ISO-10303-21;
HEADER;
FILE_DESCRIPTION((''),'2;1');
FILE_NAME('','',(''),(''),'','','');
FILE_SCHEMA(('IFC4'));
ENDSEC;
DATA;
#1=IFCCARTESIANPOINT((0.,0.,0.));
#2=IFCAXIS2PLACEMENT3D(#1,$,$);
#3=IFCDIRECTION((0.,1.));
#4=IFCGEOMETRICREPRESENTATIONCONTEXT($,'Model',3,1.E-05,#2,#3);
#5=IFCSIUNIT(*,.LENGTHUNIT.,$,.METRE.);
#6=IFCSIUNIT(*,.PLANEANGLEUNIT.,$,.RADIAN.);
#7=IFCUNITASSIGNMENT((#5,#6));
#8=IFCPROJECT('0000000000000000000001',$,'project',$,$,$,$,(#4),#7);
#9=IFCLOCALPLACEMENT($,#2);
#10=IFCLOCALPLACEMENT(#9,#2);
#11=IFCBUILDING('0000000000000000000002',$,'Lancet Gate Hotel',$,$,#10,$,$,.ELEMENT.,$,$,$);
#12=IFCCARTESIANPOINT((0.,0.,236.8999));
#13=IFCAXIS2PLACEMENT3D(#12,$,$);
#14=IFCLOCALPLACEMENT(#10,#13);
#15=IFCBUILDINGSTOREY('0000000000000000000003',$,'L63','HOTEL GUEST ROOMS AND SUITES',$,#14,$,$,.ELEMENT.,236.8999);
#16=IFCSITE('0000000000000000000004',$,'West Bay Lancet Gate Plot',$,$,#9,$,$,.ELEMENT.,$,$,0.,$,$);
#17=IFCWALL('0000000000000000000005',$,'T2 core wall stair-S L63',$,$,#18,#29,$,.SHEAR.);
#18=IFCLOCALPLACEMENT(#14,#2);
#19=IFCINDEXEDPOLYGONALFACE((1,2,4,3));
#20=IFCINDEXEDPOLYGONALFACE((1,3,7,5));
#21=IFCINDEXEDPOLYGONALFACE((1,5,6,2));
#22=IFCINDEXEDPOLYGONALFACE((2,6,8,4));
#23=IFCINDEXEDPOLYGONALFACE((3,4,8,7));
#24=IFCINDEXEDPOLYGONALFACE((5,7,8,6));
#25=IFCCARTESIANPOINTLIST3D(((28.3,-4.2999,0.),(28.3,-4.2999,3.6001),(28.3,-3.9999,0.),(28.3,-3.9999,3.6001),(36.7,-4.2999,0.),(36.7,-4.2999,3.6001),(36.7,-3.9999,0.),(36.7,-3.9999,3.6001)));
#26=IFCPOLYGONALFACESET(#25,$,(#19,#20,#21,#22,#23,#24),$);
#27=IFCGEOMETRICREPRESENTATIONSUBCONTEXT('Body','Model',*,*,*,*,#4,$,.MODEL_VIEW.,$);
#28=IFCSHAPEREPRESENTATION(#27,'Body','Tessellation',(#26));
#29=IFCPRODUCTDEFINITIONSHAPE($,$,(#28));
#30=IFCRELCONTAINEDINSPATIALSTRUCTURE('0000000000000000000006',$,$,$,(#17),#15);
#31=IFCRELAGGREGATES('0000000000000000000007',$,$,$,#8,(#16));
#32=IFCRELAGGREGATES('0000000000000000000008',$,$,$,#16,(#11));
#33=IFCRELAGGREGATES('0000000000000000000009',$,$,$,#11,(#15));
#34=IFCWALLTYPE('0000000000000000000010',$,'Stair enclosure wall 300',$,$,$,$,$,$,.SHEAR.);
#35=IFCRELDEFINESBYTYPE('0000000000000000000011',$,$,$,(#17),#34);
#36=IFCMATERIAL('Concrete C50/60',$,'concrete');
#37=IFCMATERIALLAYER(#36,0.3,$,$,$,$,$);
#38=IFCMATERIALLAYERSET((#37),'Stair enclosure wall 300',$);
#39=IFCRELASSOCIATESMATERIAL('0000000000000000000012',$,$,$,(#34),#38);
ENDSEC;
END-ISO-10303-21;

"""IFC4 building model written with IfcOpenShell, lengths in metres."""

from ifc_helpers import new_model, si_unit, direction, frame, frame_2d, origin, place, context, subcontext, project, spatial, rectangle, extrude, material, layer, layer_set, type_object, element, save


model = new_model("IFC4")

# Units and contexts
model_context = context("Model", 3, precision=1e-05, world=origin(), true_north=direction((0.0, 1.0)))
body_context = subcontext(model_context, "Body", "Model", "MODEL_VIEW")
ifc_project = project(units=[si_unit("LENGTHUNIT", "METRE"), si_unit("PLANEANGLEUNIT", "RADIAN")], contexts=[model_context])

# Site, building, storey
site_placement = place(None, origin())
site = spatial("IfcSite", under=ifc_project, at=site_placement, Name="West Bay Lancet Gate Plot", CompositionType="ELEMENT", RefElevation=0.0)
building_placement = place(site_placement, origin())
building = spatial("IfcBuilding", under=site, at=building_placement, Name="Lancet Gate Hotel", CompositionType="ELEMENT")
storey_placement = place(building_placement, frame((0.0, 0.0, 236.8999)))
storey = spatial("IfcBuildingStorey", under=building, at=storey_placement, Name="L63", Description="HOTEL GUEST ROOMS AND SUITES", CompositionType="ELEMENT", Elevation=236.8999)

# Wall
ifc_material_1 = material(Name="Concrete C50/60", Category="concrete")
ifc_layer_1 = layer(ifc_material_1, 0.3)
ifc_layer_set_1 = layer_set([ifc_layer_1], Name="Stair enclosure wall 300")
wall_type_1 = type_object("IfcWallType", Name="Stair enclosure wall 300", PredefinedType="SHEAR", material=ifc_layer_set_1)
wall_1_placement = place(storey_placement, frame((28.3, -4.1499, 0.0), z_axis=(0.0, 0.0, 1.0), x_axis=(1.0, 0.0, 0.0)))
element("IfcWall", 1, at=wall_1_placement, inside=storey, type_object=wall_type_1, Name="T2 core wall stair-S L63", PredefinedType="SHEAR", context=body_context, shape_type="SweptSolid", body=[
    extrude(rectangle(XDim=8.3999, YDim=0.3, at=frame_2d((4.2, 0.0))), origin(), (0.0, 0.0, 1.0), 3.6001),
])

save(model, "model.ifc")
